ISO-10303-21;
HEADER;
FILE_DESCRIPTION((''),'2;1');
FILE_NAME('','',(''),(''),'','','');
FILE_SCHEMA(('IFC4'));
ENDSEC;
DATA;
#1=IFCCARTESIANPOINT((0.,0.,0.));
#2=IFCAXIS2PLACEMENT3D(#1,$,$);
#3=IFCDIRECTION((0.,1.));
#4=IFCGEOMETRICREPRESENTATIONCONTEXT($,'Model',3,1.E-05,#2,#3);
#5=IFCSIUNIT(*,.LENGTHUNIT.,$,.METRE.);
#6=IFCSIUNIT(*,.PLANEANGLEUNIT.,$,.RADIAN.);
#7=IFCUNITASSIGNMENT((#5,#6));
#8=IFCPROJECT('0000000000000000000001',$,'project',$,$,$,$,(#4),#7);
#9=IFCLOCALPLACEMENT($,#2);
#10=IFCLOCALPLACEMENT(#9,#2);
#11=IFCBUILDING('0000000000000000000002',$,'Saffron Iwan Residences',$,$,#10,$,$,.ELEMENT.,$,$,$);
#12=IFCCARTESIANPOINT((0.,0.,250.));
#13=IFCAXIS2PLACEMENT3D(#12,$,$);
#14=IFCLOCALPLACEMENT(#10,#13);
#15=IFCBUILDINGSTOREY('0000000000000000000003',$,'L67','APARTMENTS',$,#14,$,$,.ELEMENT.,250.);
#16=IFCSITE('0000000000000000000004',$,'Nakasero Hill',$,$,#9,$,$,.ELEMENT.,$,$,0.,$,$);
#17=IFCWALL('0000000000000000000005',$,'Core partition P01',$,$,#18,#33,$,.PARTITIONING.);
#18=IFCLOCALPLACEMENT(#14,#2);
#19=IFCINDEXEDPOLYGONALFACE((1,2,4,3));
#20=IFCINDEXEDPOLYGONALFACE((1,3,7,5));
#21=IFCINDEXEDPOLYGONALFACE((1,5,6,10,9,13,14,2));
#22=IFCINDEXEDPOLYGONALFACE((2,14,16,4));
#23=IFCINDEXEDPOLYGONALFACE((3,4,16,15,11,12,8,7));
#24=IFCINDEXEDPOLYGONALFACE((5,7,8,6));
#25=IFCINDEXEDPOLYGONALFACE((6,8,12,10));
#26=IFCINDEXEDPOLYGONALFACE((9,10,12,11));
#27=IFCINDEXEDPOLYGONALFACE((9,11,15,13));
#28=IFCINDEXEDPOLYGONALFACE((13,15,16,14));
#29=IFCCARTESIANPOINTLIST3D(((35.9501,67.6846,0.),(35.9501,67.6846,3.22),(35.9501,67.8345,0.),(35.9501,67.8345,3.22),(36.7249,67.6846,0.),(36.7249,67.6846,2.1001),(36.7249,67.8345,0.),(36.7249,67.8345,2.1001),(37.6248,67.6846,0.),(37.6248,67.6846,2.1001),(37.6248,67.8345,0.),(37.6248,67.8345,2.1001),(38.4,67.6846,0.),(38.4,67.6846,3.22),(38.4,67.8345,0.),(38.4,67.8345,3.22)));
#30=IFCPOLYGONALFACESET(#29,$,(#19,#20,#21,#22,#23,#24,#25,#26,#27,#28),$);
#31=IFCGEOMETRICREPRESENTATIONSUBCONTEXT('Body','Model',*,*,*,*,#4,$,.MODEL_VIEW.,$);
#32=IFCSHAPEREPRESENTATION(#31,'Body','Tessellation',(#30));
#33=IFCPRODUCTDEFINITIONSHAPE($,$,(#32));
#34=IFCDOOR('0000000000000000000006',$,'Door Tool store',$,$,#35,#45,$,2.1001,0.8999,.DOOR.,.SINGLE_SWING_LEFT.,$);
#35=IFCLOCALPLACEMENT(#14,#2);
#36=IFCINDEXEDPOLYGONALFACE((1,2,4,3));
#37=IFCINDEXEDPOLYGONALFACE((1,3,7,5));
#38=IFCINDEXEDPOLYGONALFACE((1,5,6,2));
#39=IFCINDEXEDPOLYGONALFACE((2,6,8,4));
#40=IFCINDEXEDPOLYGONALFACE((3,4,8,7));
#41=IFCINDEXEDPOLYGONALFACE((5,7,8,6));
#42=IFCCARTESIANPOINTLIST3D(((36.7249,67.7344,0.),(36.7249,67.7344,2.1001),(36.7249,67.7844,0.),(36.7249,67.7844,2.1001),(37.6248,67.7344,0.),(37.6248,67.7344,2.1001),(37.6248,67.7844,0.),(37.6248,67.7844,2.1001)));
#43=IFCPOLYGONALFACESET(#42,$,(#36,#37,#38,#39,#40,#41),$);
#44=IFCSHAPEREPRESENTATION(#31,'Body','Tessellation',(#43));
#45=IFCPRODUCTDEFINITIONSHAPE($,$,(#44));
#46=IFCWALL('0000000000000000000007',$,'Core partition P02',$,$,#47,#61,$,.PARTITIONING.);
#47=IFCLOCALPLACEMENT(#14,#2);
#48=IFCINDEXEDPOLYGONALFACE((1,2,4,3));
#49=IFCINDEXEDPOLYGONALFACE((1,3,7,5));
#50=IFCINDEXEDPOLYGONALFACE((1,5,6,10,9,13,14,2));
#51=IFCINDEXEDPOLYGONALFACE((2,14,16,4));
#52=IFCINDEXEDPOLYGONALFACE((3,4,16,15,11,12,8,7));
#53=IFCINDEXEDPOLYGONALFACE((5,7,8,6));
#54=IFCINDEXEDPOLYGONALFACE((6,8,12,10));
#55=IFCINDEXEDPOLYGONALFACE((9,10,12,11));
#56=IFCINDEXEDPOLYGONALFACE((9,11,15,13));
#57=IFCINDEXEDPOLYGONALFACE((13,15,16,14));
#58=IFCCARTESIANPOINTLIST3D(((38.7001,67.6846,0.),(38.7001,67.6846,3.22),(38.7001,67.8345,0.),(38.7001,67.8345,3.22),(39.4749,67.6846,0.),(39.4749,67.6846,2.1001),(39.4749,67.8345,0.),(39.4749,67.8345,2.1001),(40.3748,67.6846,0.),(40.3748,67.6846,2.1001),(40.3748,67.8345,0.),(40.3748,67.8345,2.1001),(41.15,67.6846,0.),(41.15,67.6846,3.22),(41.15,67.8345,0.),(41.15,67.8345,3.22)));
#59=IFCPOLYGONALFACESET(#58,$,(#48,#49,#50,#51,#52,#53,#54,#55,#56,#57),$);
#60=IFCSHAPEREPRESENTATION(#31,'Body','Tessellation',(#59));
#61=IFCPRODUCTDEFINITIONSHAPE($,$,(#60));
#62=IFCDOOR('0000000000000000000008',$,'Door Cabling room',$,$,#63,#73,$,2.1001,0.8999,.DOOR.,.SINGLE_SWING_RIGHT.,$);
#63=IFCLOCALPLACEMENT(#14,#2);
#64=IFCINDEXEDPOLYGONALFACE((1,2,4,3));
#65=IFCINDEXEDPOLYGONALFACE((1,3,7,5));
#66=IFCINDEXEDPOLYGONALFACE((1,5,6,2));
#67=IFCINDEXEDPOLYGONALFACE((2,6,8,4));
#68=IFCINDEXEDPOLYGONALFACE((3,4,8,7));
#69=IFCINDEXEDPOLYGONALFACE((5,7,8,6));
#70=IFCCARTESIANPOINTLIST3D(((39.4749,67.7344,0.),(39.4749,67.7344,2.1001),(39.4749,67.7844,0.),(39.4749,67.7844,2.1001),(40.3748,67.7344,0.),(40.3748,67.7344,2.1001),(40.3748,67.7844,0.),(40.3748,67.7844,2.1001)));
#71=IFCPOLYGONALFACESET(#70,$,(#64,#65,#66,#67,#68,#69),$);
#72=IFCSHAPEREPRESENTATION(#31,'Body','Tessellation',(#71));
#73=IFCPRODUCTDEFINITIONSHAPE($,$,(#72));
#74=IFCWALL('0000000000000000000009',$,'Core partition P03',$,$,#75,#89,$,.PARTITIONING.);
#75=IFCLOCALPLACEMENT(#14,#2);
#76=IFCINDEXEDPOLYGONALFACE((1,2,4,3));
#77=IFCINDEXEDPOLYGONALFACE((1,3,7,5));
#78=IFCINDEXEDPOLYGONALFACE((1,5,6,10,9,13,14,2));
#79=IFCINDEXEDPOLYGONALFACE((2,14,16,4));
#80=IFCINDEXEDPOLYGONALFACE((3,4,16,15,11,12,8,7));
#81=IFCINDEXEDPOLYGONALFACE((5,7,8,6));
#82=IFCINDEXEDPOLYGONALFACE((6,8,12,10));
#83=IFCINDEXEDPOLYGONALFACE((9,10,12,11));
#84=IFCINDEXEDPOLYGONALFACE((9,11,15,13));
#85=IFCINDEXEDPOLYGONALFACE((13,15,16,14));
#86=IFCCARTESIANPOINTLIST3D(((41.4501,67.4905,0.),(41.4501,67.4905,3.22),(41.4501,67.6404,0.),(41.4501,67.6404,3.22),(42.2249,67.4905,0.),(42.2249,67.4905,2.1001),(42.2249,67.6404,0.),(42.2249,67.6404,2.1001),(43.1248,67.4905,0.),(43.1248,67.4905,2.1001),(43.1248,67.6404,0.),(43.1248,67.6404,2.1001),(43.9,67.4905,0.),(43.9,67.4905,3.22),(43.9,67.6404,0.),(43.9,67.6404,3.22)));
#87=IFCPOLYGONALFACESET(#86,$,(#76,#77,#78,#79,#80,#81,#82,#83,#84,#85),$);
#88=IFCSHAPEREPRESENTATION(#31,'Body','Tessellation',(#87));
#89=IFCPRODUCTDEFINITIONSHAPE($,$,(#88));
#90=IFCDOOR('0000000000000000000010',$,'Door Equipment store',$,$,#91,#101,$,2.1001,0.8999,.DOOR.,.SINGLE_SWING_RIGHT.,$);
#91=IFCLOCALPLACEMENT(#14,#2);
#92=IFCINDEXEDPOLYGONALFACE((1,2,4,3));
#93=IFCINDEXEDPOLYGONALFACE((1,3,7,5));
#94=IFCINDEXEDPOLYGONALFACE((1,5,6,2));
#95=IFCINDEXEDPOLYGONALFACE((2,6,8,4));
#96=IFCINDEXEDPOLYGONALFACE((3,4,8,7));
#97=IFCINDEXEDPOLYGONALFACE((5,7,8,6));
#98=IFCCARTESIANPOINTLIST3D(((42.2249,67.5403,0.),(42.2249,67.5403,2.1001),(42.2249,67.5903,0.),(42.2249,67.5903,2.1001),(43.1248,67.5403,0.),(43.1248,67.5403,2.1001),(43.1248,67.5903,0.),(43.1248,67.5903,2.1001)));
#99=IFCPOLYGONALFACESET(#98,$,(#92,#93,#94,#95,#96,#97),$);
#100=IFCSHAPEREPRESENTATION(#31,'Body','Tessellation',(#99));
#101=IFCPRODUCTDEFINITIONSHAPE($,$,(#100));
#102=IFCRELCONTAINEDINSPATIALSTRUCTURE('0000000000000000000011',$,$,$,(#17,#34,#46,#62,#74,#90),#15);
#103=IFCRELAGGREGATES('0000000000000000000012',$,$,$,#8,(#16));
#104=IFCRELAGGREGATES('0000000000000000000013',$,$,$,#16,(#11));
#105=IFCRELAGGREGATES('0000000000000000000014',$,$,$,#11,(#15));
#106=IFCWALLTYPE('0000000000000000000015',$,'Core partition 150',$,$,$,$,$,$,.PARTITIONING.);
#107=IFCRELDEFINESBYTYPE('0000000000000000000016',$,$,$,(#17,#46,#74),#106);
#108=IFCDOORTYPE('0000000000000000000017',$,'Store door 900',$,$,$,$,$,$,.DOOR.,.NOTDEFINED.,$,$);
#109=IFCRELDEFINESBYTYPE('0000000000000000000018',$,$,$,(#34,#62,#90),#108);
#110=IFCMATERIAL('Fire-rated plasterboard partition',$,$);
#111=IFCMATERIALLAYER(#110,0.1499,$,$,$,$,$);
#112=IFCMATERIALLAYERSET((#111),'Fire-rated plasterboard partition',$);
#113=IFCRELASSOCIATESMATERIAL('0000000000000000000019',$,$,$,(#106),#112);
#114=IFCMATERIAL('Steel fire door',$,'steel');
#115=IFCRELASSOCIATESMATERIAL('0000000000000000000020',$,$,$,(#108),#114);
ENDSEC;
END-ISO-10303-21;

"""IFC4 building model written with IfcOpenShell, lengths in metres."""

from ifc_helpers import new_model, si_unit, direction, frame, frame_2d, origin, place, context, subcontext, project, spatial, rectangle, extrude, material, layer, layer_set, type_object, element, fill, save


model = new_model("IFC4")

# Units and contexts
model_context = context("Model", 3, precision=1e-05, world=origin(), true_north=direction((0.0, 1.0)))
body_context = subcontext(model_context, "Body", "Model", "MODEL_VIEW")
ifc_project = project(units=[si_unit("LENGTHUNIT", "METRE"), si_unit("PLANEANGLEUNIT", "RADIAN")], contexts=[model_context])

# Site, building, storey
site_placement = place(None, origin())
site = spatial("IfcSite", under=ifc_project, at=site_placement, Name="Nakasero Hill", CompositionType="ELEMENT", RefElevation=0.0)
building_placement = place(site_placement, origin())
building = spatial("IfcBuilding", under=site, at=building_placement, Name="Saffron Iwan Residences", CompositionType="ELEMENT")
storey_placement = place(building_placement, frame((0.0, 0.0, 250.0)))
storey = spatial("IfcBuildingStorey", under=building, at=storey_placement, Name="L67", Description="APARTMENTS", CompositionType="ELEMENT", Elevation=250.0)

# Walls, openings, doors
ifc_material_1 = material(Name="Fire-rated plasterboard partition")
ifc_layer = layer(ifc_material_1, 0.1499)
ifc_layer_set = layer_set([ifc_layer], Name="Fire-rated plasterboard partition")
wall_type = type_object("IfcWallType", Name="Core partition 150", PredefinedType="PARTITIONING", material=ifc_layer_set)
wall_1_placement = place(storey_placement, frame((35.95, 67.7595, 0.0), z_axis=(0.0, 0.0, 1.0), x_axis=(1.0, 0.0, 0.0)))
wall_1 = element("IfcWall", 1, at=wall_1_placement, inside=storey, type_object=wall_type, Name="Core partition P01", PredefinedType="PARTITIONING", context=body_context, shape_type="SweptSolid", body=[
    extrude(rectangle(XDim=2.45, YDim=0.1499, at=frame_2d((1.2251, 0.0))), origin(), (0.0, 0.0, 1.0), 3.22),
])
opening_1_placement = place(wall_1_placement, frame((0.7749, 0.0, 0.0)))
opening_1 = element("IfcOpeningElement", 2, at=opening_1_placement, cuts=wall_1, PredefinedType="OPENING", context=body_context, shape_type="SweptSolid", body=[
    extrude(rectangle(XDim=0.8999, YDim=2.1001, at=frame_2d((0.45, 1.05))), frame((0.0, 0.085, 0.0), z_axis=(0.0, -1.0, 0.0), x_axis=(1.0, 0.0, 0.0)), (0.0, 0.0, 1.0), 0.1699),
])
ifc_material_2 = material(Name="Steel fire door", Category="steel")
door_type = type_object("IfcDoorType", Name="Store door 900", OperationType="NOTDEFINED", PredefinedType="DOOR", material=ifc_material_2)
door_1_placement = place(opening_1_placement, origin())
door_1 = element("IfcDoor", 3, at=door_1_placement, inside=storey, type_object=door_type, Name="Door Tool store", OperationType="SINGLE_SWING_LEFT", OverallHeight=2.1001, OverallWidth=0.8999, PredefinedType="DOOR", context=body_context, shape_type="SweptSolid", body=[
    extrude(rectangle(XDim=0.8999, YDim=2.1001, at=frame_2d((0.45, 1.05))), frame((0.0, 0.0249, 0.0), z_axis=(0.0, -1.0, 0.0), x_axis=(1.0, 0.0, 0.0)), (0.0, 0.0, 1.0), 0.05),
])
fill(opening_1, door_1)
wall_2_placement = place(storey_placement, frame((38.7, 67.7595, 0.0), z_axis=(0.0, 0.0, 1.0), x_axis=(1.0, 0.0, 0.0)))
wall_2 = element("IfcWall", 4, at=wall_2_placement, inside=storey, type_object=wall_type, Name="Core partition P02", PredefinedType="PARTITIONING", context=body_context, shape_type="SweptSolid", body=[
    extrude(rectangle(XDim=2.45, YDim=0.1499, at=frame_2d((1.2251, 0.0))), origin(), (0.0, 0.0, 1.0), 3.22),
])
opening_2_placement = place(wall_2_placement, frame((0.7749, 0.0, 0.0)))
opening_2 = element("IfcOpeningElement", 5, at=opening_2_placement, cuts=wall_2, PredefinedType="OPENING", context=body_context, shape_type="SweptSolid", body=[
    extrude(rectangle(XDim=0.8999, YDim=2.1001, at=frame_2d((0.45, 1.05))), frame((0.0, 0.085, 0.0), z_axis=(0.0, -1.0, 0.0), x_axis=(1.0, 0.0, 0.0)), (0.0, 0.0, 1.0), 0.1699),
])
door_2_placement = place(opening_2_placement, origin())
door_2 = element("IfcDoor", 6, at=door_2_placement, inside=storey, type_object=door_type, Name="Door Cabling room", OperationType="SINGLE_SWING_RIGHT", OverallHeight=2.1001, OverallWidth=0.8999, PredefinedType="DOOR", context=body_context, shape_type="SweptSolid", body=[
    extrude(rectangle(XDim=0.8999, YDim=2.1001, at=frame_2d((0.45, 1.05))), frame((0.0, 0.0249, 0.0), z_axis=(0.0, -1.0, 0.0), x_axis=(1.0, 0.0, 0.0)), (0.0, 0.0, 1.0), 0.05),
])
fill(opening_2, door_2)
wall_3_placement = place(storey_placement, frame((41.45, 67.5654, 0.0), z_axis=(0.0, 0.0, 1.0), x_axis=(1.0, 0.0, 0.0)))
wall_3 = element("IfcWall", 7, at=wall_3_placement, inside=storey, type_object=wall_type, Name="Core partition P03", PredefinedType="PARTITIONING", context=body_context, shape_type="SweptSolid", body=[
    extrude(rectangle(XDim=2.45, YDim=0.1499, at=frame_2d((1.2251, 0.0))), origin(), (0.0, 0.0, 1.0), 3.22),
])
opening_3_placement = place(wall_3_placement, frame((0.7749, 0.0, 0.0)))
opening_3 = element("IfcOpeningElement", 8, at=opening_3_placement, cuts=wall_3, PredefinedType="OPENING", context=body_context, shape_type="SweptSolid", body=[
    extrude(rectangle(XDim=0.8999, YDim=2.1001, at=frame_2d((0.45, 1.05))), frame((0.0, 0.085, 0.0), z_axis=(0.0, -1.0, 0.0), x_axis=(1.0, 0.0, 0.0)), (0.0, 0.0, 1.0), 0.1699),
])
door_3_placement = place(opening_3_placement, origin())
door_3 = element("IfcDoor", 9, at=door_3_placement, inside=storey, type_object=door_type, Name="Door Equipment store", OperationType="SINGLE_SWING_RIGHT", OverallHeight=2.1001, OverallWidth=0.8999, PredefinedType="DOOR", context=body_context, shape_type="SweptSolid", body=[
    extrude(rectangle(XDim=0.8999, YDim=2.1001, at=frame_2d((0.45, 1.05))), frame((0.0, 0.0249, 0.0), z_axis=(0.0, -1.0, 0.0), x_axis=(1.0, 0.0, 0.0)), (0.0, 0.0, 1.0), 0.05),
])
fill(opening_3, door_3)

save(model, "model.ifc")
